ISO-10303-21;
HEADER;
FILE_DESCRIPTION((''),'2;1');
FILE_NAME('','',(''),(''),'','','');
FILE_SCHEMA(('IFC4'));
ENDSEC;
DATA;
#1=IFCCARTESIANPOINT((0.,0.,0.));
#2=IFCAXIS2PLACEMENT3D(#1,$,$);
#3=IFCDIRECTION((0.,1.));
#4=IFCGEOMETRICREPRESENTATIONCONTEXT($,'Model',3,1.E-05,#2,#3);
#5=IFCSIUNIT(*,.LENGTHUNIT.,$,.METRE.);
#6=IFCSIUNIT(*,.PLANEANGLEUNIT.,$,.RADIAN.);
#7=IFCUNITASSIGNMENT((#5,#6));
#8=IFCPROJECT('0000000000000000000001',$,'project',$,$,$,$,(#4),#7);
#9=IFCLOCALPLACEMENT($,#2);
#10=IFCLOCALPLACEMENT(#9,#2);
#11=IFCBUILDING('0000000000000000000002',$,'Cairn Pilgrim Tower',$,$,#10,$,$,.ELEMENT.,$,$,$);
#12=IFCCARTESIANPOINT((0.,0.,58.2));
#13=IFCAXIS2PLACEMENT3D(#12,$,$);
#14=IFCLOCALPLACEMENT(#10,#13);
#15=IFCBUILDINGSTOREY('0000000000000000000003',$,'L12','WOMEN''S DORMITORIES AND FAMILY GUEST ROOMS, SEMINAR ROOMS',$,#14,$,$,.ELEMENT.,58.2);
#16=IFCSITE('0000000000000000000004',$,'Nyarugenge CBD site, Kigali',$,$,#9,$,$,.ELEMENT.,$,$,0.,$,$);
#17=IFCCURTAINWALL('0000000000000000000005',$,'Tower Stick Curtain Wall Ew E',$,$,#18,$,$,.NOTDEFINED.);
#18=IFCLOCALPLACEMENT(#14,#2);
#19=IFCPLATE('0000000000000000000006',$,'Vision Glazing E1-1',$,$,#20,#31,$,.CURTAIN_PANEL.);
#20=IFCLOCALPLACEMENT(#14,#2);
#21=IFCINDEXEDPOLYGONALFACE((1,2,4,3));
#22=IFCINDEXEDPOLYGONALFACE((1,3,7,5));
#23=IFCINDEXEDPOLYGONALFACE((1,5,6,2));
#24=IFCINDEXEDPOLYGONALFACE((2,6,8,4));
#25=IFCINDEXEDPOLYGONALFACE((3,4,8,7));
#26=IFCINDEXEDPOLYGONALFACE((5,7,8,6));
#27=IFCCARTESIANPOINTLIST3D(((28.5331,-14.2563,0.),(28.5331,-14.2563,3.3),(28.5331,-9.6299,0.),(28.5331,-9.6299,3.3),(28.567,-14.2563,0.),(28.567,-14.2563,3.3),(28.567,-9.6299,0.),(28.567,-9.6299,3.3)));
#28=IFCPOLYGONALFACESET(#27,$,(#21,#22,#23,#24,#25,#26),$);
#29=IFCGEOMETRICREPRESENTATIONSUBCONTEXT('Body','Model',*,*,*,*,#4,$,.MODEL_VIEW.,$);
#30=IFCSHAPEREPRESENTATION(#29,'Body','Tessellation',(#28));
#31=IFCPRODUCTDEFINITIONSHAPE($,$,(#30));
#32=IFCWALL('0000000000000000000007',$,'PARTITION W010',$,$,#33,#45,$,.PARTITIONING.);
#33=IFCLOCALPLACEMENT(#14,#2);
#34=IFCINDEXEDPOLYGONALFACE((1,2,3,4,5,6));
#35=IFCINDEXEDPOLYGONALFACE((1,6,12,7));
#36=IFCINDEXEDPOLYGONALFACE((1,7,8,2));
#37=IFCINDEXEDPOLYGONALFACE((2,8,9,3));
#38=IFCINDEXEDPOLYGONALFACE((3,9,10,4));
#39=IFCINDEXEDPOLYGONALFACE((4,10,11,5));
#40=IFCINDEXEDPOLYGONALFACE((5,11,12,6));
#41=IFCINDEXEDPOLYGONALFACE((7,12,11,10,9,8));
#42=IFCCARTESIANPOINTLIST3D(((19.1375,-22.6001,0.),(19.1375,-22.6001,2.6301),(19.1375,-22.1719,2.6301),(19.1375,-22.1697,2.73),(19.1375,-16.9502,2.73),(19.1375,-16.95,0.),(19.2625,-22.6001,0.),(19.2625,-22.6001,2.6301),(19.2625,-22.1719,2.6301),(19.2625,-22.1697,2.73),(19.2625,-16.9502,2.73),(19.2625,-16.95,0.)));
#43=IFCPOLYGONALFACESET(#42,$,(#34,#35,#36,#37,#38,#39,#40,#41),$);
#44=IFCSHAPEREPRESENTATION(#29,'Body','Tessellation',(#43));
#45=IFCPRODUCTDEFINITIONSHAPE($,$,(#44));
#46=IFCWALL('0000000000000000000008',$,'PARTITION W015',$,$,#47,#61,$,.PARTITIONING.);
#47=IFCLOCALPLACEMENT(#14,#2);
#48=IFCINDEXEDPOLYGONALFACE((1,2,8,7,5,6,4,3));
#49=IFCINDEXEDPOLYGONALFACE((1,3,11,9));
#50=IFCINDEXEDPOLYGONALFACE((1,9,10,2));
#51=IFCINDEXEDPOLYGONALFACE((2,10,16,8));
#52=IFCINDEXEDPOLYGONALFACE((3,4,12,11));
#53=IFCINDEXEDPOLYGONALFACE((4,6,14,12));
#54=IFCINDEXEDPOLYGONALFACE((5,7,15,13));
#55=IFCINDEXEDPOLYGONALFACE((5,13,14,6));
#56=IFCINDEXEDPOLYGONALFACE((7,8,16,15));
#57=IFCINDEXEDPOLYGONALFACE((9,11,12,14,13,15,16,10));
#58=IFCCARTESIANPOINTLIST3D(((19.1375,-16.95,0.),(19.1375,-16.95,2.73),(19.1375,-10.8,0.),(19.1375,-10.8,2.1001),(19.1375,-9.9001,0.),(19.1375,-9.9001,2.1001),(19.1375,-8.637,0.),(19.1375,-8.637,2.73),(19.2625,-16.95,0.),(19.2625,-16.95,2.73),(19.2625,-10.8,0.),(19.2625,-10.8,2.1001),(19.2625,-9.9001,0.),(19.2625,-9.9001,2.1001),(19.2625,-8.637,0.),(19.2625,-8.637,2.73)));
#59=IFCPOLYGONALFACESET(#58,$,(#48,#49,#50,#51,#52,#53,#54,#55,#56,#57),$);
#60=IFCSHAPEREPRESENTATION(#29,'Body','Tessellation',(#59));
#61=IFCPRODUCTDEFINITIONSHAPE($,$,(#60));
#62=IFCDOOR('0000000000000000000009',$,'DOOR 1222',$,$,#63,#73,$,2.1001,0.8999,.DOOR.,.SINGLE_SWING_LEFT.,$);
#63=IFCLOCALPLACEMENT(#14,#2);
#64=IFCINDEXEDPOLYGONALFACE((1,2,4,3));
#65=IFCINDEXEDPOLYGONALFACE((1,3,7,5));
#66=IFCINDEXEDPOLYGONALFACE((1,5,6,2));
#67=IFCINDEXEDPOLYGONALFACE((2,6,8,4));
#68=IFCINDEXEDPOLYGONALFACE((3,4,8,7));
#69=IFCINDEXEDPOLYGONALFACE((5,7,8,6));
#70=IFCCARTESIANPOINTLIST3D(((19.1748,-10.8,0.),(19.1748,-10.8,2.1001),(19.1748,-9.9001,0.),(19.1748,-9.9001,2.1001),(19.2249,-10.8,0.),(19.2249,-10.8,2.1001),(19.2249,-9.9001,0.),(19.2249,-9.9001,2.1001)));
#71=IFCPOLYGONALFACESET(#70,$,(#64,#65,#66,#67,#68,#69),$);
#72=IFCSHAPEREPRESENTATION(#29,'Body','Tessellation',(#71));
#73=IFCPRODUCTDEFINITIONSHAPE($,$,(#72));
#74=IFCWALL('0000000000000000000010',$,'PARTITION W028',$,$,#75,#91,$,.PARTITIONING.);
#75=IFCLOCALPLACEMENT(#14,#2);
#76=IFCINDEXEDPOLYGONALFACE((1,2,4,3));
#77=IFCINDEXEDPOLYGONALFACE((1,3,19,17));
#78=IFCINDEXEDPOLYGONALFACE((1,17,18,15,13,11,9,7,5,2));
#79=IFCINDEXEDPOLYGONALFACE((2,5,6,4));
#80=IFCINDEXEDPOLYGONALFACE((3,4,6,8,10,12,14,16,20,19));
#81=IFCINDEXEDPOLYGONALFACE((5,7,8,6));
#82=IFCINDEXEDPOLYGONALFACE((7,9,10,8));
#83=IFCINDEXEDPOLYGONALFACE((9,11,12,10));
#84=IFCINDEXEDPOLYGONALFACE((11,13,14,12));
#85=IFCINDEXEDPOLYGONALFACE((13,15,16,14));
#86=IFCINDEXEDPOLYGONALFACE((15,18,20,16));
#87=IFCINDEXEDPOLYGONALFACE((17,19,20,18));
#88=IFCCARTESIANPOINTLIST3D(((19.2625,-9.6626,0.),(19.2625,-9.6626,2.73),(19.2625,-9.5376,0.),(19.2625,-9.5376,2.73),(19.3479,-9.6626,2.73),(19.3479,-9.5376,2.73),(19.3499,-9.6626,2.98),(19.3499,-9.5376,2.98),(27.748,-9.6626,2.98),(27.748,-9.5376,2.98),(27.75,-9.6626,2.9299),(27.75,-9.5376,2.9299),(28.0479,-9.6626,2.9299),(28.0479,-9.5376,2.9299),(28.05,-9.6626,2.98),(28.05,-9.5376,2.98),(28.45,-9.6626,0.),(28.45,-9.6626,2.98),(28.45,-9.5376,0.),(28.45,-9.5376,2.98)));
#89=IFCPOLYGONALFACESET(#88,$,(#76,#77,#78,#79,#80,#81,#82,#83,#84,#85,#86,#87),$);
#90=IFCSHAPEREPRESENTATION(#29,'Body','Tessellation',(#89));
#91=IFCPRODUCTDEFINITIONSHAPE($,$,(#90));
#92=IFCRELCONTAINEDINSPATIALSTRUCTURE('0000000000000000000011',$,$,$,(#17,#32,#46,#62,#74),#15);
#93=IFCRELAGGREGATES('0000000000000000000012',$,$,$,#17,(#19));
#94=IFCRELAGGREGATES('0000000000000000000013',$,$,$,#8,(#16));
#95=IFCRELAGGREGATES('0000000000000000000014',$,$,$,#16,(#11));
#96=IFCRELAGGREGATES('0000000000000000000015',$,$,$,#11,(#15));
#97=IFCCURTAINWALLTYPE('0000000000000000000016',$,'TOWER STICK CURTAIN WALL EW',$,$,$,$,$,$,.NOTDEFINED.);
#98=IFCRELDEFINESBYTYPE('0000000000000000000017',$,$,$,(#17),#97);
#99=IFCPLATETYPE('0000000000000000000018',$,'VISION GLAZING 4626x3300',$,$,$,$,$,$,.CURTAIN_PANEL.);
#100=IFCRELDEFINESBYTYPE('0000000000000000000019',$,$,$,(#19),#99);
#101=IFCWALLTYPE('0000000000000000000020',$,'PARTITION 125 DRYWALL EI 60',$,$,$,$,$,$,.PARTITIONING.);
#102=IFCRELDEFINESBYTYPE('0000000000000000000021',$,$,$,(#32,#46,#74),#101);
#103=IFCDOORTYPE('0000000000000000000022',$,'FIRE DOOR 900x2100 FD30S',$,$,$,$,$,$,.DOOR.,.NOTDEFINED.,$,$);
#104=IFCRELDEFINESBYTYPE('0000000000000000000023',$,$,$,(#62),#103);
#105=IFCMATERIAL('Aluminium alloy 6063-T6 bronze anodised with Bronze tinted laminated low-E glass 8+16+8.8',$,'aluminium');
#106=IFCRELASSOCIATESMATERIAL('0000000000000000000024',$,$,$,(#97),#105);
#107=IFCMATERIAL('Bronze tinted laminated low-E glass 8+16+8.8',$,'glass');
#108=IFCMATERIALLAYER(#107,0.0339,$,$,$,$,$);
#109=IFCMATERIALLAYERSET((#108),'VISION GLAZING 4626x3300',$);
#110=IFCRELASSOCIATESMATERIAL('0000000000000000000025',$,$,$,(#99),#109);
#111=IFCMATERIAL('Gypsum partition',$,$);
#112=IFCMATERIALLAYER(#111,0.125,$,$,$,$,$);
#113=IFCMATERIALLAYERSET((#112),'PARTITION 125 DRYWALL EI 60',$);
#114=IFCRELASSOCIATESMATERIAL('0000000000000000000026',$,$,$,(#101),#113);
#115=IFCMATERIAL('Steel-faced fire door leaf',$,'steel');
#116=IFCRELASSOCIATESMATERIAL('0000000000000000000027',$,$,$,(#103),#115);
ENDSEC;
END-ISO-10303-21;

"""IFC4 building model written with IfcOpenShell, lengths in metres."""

from ifc_helpers import new_model, si_unit, direction, frame, frame_2d, origin, origin_2d, place, context, subcontext, project, spatial, polyline, rectangle, outline, extrude, material, layer, layer_set, type_object, element, fill, aggregate, save


model = new_model("IFC4")

# Units and contexts
model_context = context("Model", 3, precision=1e-05, world=origin(), true_north=direction((0.0, 1.0)))
body_context = subcontext(model_context, "Body", "Model", "MODEL_VIEW")
ifc_project = project(units=[si_unit("LENGTHUNIT", "METRE"), si_unit("PLANEANGLEUNIT", "RADIAN")], contexts=[model_context])

# Site, building, storey
site_placement = place(None, origin())
site = spatial("IfcSite", under=ifc_project, at=site_placement, Name="Nyarugenge CBD site, Kigali", CompositionType="ELEMENT", RefElevation=0.0)
building_placement = place(site_placement, origin())
building = spatial("IfcBuilding", under=site, at=building_placement, Name="Cairn Pilgrim Tower", CompositionType="ELEMENT")
storey_placement = place(building_placement, frame((0.0, 0.0, 58.2)))
storey = spatial("IfcBuildingStorey", under=building, at=storey_placement, Name="L12", Description="WOMEN'S DORMITORIES AND FAMILY GUEST ROOMS, SEMINAR ROOMS", CompositionType="ELEMENT", Elevation=58.2)

# Curtain wall
ifc_material_1 = material(Name="Aluminium alloy 6063-T6 bronze anodised with Bronze tinted laminated low-E glass 8+16+8.8", Category="aluminium")
curtain_wall_type_1 = type_object("IfcCurtainWallType", Name="TOWER STICK CURTAIN WALL EW", PredefinedType="NOTDEFINED", material=ifc_material_1)
curtain_wall_1_placement = place(storey_placement, origin())
curtain_wall_1 = element("IfcCurtainWall", 1, at=curtain_wall_1_placement, inside=storey, type_object=curtain_wall_type_1, Name="Tower Stick Curtain Wall Ew E", PredefinedType="NOTDEFINED")

# Plate
ifc_material_2 = material(Name="Bronze tinted laminated low-E glass 8+16+8.8", Category="glass")
ifc_layer_1 = layer(ifc_material_2, 0.0339)
ifc_layer_set_1 = layer_set([ifc_layer_1], Name="VISION GLAZING 4626x3300")
plate_type_1 = type_object("IfcPlateType", Name="VISION GLAZING 4626x3300", PredefinedType="CURTAIN_PANEL", material=ifc_layer_set_1)
plate_1_placement = place(storey_placement, frame((28.55, -11.9431, 0.0), z_axis=(0.0, 0.0, 1.0), x_axis=(0.0, 1.0, 0.0)))
plate_1 = element("IfcPlate", 2, at=plate_1_placement, type_object=plate_type_1, Name="Vision Glazing E1-1", PredefinedType="CURTAIN_PANEL", context=body_context, shape_type="SweptSolid", body=[
    extrude(rectangle(XDim=4.6265, YDim=0.0339, at=origin_2d()), origin(), (0.0, 0.0, 1.0), 3.3),
])
aggregate(curtain_wall_1, [plate_1])

# Wall
ifc_material_3 = material(Name="Gypsum partition")
ifc_layer_2 = layer(ifc_material_3, 0.125)
ifc_layer_set_2 = layer_set([ifc_layer_2], Name="PARTITION 125 DRYWALL EI 60")
wall_type_1 = type_object("IfcWallType", Name="PARTITION 125 DRYWALL EI 60", PredefinedType="PARTITIONING", material=ifc_layer_set_2)
wall_1_placement = place(storey_placement, frame((19.2, -22.6001, 0.0), z_axis=(0.0, 0.0, 1.0), x_axis=(0.0, 1.0, 0.0)))
element("IfcWall", 3, at=wall_1_placement, inside=storey, type_object=wall_type_1, Name="PARTITION W010", PredefinedType="PARTITIONING", context=body_context, shape_type="SweptSolid", body=[
    extrude(outline(polyline([(0.0, 0.0), (5.6501, 0.0), (5.6499, 2.73), (0.4304, 2.73), (0.4282, 2.6301), (0.0, 2.6301), (0.0, 0.0)])), frame((0.0, 0.0625, 0.0), z_axis=(0.0, -1.0, 0.0), x_axis=(1.0, 0.0, 0.0)), (0.0, 0.0, 1.0), 0.125),
])

# Wall, opening, door
wall_2_placement = place(storey_placement, frame((19.2, -16.95, 0.0), z_axis=(0.0, 0.0, 1.0), x_axis=(0.0, 1.0, 0.0)))
wall_2 = element("IfcWall", 4, at=wall_2_placement, inside=storey, type_object=wall_type_1, Name="PARTITION W015", PredefinedType="PARTITIONING", context=body_context, shape_type="SweptSolid", body=[
    extrude(rectangle(XDim=8.313, YDim=0.125, at=frame_2d((4.1565, 0.0))), origin(), (0.0, 0.0, 1.0), 2.73),
])
opening_1_placement = place(wall_2_placement, frame((6.1499, 0.0, 0.0)))
opening_1 = element("IfcOpeningElement", 5, at=opening_1_placement, cuts=wall_2, PredefinedType="OPENING", context=body_context, shape_type="SweptSolid", body=[
    extrude(rectangle(XDim=0.8999, YDim=2.1001, at=frame_2d((0.45, 1.05))), frame((0.0, 0.0725, 0.0), z_axis=(0.0, -1.0, 0.0), x_axis=(1.0, 0.0, 0.0)), (0.0, 0.0, 1.0), 0.145),
])
ifc_material_4 = material(Name="Steel-faced fire door leaf", Category="steel")
door_type_1 = type_object("IfcDoorType", Name="FIRE DOOR 900x2100 FD30S", OperationType="NOTDEFINED", PredefinedType="DOOR", material=ifc_material_4)
door_1_placement = place(opening_1_placement, frame((0.8999, 0.0, 0.0), z_axis=(0.0, 0.0, 1.0), x_axis=(-1.0, 0.0, 0.0)))
door_1 = element("IfcDoor", 6, at=door_1_placement, inside=storey, type_object=door_type_1, Name="DOOR 1222", OperationType="SINGLE_SWING_LEFT", OverallHeight=2.1001, OverallWidth=0.8999, PredefinedType="DOOR", context=body_context, shape_type="SweptSolid", body=[
    extrude(rectangle(XDim=0.8999, YDim=2.1001, at=frame_2d((0.45, 1.05))), frame((0.0, 0.0249, 0.0), z_axis=(0.0, -1.0, 0.0), x_axis=(1.0, 0.0, 0.0)), (0.0, 0.0, 1.0), 0.05),
])
fill(opening_1, door_1)

# Wall
wall_3_placement = place(storey_placement, frame((19.2625, -9.6001, 0.0), z_axis=(0.0, 0.0, 1.0), x_axis=(1.0, 0.0, 0.0)))
element("IfcWall", 7, at=wall_3_placement, inside=storey, type_object=wall_type_1, Name="PARTITION W028", PredefinedType="PARTITIONING", context=body_context, shape_type="SweptSolid", body=[
    extrude(outline(polyline([(0.0, 0.0), (9.1875, 0.0), (9.1875, 2.98), (8.7876, 2.98), (8.7854, 2.9299), (8.4875, 2.9299), (8.4856, 2.98), (0.0874, 2.98), (0.0854, 2.73), (0.0, 2.73), (0.0, 0.0)])), frame((0.0, 0.0625, 0.0), z_axis=(0.0, -1.0, 0.0), x_axis=(1.0, 0.0, 0.0)), (0.0, 0.0, 1.0), 0.125),
])

save(model, "model.ifc")
